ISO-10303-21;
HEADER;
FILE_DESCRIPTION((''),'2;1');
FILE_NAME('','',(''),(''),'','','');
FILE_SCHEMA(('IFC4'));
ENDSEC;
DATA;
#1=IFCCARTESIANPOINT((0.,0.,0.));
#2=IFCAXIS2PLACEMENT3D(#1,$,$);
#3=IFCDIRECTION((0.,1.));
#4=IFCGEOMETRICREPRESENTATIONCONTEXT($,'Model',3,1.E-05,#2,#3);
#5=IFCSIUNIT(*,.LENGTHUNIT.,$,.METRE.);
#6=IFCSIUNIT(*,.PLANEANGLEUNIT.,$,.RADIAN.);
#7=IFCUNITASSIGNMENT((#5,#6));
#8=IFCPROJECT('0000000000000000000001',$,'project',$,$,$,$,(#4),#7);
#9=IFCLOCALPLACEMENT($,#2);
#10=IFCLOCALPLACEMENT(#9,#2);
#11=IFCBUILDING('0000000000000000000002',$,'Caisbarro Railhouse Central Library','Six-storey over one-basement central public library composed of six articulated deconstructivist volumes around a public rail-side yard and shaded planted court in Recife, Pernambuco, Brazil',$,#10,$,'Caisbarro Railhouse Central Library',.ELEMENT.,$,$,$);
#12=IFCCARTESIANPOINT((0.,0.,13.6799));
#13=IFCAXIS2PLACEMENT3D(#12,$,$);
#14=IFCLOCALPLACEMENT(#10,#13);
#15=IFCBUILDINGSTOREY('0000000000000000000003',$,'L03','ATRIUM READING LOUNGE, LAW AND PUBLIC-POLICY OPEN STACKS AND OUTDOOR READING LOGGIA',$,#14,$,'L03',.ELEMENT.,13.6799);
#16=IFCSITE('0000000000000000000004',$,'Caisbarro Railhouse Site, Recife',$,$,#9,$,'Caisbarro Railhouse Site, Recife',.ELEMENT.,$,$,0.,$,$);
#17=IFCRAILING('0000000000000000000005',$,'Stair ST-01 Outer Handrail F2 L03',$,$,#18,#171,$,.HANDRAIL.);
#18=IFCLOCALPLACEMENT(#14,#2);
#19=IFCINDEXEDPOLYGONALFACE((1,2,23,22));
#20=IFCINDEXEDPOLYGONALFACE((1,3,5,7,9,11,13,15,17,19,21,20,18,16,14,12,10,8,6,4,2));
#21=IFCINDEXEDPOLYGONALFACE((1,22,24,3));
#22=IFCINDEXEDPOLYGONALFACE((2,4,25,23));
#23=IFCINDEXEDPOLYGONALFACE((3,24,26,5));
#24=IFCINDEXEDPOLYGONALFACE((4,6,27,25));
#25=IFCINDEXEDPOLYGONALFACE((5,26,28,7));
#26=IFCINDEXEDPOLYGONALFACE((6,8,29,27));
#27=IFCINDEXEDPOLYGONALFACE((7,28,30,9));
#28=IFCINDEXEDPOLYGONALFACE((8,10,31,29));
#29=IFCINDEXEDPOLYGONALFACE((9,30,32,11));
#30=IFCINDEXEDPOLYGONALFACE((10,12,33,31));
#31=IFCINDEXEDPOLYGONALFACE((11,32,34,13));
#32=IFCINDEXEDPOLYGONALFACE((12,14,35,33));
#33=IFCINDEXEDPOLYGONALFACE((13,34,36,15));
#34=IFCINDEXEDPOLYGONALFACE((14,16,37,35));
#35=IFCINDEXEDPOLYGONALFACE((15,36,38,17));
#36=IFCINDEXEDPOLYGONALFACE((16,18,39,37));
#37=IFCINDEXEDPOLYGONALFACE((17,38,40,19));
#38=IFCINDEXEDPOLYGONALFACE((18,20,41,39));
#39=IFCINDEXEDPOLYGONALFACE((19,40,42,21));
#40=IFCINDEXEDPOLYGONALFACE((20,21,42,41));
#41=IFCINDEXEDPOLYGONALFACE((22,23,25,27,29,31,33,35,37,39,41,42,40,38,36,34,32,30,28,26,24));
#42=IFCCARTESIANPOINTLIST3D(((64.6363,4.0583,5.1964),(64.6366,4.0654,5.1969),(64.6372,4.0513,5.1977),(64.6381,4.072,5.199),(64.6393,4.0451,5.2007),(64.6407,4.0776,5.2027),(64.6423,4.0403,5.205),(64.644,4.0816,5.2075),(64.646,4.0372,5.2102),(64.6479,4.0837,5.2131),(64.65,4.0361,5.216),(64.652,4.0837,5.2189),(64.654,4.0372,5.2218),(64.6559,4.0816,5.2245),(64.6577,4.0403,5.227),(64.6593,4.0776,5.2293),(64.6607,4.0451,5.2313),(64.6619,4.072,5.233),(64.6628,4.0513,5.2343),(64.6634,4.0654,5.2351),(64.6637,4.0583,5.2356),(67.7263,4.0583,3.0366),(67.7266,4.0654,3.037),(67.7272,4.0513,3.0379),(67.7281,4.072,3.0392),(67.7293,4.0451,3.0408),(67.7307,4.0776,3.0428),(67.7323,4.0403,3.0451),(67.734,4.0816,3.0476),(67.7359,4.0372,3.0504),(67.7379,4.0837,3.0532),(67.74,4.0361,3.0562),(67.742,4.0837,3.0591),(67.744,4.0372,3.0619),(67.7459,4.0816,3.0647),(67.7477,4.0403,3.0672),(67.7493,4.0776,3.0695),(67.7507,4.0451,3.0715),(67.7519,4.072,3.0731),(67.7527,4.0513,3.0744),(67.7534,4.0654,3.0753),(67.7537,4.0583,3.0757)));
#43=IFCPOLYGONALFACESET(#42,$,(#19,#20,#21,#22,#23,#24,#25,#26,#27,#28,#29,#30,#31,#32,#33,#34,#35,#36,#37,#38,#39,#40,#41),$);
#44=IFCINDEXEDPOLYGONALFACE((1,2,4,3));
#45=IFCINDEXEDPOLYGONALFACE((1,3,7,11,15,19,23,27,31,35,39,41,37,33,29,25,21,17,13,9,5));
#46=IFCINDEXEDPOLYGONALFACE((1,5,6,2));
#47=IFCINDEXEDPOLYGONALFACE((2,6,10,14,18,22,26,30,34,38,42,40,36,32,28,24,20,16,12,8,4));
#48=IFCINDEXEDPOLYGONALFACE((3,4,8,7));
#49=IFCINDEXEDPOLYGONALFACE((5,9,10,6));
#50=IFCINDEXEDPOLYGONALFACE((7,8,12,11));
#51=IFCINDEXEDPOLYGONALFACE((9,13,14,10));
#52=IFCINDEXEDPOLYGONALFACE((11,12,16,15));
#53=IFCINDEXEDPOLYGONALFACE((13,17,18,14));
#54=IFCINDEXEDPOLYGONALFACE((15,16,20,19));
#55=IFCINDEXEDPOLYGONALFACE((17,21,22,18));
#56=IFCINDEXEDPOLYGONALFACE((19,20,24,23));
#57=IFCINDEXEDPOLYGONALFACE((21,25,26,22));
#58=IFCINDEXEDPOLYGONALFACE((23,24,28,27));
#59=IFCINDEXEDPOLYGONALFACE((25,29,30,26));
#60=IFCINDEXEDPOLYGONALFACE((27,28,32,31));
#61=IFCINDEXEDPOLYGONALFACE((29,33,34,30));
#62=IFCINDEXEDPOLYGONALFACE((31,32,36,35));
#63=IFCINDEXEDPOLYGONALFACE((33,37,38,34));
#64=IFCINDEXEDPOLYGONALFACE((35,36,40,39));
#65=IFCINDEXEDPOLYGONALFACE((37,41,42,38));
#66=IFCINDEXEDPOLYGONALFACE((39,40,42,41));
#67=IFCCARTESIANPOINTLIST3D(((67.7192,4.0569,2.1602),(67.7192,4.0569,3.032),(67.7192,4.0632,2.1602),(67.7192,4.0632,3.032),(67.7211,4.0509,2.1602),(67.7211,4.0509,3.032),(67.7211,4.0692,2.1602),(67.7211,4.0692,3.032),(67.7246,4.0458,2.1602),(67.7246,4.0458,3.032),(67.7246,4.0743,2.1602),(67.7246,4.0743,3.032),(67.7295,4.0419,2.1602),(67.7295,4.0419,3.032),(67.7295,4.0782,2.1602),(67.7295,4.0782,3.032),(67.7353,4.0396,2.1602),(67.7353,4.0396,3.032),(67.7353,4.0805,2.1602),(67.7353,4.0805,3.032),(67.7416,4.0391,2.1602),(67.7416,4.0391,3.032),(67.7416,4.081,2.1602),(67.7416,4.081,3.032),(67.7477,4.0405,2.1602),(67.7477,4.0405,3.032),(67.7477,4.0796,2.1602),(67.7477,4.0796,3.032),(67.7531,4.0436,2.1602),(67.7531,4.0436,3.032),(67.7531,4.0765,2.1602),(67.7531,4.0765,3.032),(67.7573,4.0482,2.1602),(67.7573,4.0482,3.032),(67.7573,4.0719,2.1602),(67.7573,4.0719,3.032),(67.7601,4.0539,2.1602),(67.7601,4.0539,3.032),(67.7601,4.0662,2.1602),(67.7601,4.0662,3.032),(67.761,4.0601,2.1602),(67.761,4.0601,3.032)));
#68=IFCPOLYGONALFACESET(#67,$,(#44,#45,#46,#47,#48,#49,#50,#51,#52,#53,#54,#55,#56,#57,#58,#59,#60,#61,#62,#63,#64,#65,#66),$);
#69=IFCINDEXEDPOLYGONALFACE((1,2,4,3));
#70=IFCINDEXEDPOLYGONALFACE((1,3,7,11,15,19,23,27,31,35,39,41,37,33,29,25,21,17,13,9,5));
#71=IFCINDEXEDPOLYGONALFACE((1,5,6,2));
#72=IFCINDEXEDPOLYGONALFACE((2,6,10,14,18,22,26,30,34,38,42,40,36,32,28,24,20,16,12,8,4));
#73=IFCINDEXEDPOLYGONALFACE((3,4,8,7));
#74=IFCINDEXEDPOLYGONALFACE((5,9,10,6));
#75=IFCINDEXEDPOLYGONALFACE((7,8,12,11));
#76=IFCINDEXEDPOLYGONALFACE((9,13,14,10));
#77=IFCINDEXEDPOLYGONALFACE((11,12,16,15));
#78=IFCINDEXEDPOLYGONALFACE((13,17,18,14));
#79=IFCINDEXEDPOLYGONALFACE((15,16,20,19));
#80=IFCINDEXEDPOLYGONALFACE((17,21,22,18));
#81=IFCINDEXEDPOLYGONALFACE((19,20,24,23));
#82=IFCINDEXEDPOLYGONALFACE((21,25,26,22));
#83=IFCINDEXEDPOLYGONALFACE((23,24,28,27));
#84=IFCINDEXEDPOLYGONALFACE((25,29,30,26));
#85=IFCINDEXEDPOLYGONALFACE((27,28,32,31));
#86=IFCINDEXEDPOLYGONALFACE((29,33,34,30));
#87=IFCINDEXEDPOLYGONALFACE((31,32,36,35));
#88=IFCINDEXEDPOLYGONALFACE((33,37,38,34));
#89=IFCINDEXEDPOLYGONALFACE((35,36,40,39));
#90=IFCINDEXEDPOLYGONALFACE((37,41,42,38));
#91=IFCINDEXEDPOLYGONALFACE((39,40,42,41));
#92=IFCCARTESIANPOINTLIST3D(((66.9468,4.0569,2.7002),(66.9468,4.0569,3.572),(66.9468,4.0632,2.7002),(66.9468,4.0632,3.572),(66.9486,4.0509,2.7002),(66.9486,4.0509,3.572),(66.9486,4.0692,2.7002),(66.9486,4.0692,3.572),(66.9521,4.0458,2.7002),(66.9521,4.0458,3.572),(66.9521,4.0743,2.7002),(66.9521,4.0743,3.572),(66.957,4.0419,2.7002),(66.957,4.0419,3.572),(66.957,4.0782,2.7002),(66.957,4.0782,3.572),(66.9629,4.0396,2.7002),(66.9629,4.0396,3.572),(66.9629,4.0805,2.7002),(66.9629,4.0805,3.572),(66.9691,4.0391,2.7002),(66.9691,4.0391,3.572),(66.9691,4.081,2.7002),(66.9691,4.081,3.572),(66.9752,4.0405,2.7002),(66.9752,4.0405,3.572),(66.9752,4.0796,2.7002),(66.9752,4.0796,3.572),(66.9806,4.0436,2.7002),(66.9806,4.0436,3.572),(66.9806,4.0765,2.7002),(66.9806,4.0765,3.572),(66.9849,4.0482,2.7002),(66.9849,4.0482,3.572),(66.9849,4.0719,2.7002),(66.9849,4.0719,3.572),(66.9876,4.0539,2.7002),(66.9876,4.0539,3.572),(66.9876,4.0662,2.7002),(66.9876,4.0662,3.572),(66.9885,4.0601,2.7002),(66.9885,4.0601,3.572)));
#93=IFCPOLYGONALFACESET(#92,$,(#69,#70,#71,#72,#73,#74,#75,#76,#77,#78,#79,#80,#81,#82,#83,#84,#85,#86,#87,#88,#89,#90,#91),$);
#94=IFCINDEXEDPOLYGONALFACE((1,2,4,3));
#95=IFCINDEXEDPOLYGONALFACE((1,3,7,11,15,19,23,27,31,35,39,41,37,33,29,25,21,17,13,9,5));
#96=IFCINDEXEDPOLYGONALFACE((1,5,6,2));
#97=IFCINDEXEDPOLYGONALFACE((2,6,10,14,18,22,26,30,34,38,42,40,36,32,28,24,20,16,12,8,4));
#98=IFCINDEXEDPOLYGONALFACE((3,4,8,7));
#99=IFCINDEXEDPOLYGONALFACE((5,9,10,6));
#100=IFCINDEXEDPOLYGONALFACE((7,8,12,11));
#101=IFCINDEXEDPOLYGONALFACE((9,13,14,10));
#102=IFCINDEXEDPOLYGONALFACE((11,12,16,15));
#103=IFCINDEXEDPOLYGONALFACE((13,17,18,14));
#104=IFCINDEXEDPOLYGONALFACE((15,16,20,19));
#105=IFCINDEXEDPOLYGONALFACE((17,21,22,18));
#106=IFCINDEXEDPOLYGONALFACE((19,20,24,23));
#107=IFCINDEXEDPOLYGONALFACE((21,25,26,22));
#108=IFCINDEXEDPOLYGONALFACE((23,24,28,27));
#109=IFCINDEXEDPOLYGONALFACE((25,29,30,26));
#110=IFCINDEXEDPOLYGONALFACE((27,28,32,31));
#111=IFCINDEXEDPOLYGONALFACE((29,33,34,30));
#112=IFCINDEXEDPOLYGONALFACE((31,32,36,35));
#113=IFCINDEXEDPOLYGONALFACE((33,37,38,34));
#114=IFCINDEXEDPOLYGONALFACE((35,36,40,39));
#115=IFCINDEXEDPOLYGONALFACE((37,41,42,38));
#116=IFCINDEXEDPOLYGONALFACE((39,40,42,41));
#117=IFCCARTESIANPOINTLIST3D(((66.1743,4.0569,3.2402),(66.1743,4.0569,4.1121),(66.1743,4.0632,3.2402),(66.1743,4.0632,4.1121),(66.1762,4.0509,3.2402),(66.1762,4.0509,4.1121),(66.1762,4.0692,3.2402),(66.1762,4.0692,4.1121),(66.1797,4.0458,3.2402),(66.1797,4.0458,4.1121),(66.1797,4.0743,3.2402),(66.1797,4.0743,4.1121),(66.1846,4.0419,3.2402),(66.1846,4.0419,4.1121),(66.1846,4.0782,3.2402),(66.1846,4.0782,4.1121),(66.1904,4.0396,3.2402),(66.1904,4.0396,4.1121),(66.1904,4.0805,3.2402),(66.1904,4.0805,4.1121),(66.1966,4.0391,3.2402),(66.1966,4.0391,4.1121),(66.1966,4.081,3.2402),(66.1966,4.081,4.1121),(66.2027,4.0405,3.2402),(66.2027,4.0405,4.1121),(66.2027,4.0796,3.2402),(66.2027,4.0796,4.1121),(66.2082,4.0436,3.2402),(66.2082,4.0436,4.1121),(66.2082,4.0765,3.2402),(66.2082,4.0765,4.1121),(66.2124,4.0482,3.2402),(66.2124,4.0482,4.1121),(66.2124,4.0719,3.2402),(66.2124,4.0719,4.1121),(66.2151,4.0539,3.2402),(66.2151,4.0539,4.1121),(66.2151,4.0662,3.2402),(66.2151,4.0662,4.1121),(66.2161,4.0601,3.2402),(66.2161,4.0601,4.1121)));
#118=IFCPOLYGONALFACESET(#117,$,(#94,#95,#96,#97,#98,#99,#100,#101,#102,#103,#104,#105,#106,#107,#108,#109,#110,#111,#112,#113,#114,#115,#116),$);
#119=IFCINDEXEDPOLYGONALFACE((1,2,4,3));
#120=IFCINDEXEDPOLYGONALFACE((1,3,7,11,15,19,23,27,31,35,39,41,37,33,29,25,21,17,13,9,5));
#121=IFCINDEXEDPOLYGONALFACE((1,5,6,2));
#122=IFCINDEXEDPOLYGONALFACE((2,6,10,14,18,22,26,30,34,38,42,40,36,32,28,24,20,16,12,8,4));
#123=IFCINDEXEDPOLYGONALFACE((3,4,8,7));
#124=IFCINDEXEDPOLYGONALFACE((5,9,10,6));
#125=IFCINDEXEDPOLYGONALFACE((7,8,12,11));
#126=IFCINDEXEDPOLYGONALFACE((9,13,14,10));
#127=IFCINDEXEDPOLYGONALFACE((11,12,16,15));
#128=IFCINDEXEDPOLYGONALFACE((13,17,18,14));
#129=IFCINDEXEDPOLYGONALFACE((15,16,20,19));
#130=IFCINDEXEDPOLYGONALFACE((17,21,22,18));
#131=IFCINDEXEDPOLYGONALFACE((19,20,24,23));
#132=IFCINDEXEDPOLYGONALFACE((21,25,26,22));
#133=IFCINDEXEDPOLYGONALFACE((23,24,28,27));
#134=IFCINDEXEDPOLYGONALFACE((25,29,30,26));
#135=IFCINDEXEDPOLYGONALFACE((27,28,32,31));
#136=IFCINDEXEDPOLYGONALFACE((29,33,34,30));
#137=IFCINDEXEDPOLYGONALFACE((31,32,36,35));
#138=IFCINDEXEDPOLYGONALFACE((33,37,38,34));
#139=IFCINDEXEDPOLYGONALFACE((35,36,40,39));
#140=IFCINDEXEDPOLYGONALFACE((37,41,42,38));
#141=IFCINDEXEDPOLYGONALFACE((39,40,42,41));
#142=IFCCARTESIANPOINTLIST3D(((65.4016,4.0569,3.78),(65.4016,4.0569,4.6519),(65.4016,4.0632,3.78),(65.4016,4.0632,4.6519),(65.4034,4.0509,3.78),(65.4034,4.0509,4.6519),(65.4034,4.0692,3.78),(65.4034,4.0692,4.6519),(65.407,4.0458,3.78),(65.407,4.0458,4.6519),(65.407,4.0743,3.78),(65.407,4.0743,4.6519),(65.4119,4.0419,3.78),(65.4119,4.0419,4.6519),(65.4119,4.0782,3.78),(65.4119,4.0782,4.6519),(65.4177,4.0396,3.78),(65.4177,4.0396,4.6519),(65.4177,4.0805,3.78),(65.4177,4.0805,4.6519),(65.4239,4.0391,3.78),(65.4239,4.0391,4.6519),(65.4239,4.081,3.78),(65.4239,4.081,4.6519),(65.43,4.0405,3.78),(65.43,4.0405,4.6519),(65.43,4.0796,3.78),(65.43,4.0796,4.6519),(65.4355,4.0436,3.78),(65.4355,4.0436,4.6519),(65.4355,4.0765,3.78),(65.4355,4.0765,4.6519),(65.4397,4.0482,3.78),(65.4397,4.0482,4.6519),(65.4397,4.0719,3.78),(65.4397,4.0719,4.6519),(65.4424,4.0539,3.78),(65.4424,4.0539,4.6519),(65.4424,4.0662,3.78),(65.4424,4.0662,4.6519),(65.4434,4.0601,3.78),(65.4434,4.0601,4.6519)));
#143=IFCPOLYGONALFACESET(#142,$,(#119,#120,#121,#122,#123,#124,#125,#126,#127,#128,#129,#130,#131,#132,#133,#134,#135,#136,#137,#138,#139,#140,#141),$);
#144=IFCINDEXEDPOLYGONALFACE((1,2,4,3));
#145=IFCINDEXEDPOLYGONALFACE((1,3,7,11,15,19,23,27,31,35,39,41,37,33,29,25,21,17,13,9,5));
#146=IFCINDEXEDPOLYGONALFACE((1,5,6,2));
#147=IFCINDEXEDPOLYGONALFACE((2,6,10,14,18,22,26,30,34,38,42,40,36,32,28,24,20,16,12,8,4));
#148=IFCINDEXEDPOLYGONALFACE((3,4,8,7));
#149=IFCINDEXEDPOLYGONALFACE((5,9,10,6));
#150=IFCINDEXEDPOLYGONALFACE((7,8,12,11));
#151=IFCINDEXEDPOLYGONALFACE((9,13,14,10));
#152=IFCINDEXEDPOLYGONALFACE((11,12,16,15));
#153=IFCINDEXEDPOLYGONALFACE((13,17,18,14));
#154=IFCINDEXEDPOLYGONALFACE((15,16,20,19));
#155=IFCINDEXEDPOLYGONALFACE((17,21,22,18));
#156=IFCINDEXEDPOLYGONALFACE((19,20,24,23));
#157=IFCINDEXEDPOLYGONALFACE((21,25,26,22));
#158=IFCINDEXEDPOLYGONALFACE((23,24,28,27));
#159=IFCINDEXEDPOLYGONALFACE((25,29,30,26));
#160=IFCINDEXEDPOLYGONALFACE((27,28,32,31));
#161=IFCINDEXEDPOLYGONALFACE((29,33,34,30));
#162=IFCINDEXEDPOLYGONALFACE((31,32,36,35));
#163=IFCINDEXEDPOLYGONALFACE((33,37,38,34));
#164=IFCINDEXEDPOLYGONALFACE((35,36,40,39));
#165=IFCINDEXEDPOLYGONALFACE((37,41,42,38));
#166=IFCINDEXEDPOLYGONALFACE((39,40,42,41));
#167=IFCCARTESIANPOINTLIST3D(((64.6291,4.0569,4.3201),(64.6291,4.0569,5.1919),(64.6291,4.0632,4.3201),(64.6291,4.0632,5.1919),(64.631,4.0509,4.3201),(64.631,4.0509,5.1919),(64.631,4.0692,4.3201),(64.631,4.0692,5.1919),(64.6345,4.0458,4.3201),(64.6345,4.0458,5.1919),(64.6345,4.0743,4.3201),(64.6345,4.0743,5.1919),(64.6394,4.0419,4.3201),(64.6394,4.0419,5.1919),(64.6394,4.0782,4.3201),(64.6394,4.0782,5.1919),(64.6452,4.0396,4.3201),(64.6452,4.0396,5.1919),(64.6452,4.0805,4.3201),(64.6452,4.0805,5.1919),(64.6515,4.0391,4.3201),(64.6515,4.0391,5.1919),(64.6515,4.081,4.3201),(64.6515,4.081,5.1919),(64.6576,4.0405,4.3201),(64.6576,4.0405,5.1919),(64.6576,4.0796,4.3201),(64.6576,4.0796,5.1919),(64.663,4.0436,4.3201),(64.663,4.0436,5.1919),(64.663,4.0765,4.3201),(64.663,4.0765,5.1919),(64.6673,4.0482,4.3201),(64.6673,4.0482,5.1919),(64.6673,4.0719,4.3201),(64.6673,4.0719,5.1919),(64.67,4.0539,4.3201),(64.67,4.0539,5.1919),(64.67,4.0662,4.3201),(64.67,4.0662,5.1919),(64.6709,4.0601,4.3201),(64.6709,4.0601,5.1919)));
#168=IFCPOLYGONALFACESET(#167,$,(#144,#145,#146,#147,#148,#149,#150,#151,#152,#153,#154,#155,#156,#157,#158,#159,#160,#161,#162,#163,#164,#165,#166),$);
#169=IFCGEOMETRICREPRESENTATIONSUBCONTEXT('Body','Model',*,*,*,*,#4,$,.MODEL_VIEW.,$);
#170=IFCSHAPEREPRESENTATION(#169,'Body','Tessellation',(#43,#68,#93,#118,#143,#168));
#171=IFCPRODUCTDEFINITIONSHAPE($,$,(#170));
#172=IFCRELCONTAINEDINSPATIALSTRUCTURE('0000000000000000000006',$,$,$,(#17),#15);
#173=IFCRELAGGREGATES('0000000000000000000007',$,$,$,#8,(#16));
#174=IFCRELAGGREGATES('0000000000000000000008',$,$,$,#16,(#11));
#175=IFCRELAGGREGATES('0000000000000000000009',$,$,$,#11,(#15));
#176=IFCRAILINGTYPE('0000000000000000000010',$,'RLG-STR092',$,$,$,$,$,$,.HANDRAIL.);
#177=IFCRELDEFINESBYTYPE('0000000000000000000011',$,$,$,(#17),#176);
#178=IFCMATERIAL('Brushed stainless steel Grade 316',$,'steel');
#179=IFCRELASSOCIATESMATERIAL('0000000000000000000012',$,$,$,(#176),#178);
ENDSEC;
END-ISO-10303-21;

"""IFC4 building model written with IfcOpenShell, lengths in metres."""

from ifc_helpers import new_model, si_unit, direction, frame, origin, origin_2d, place, context, subcontext, project, spatial, circle, extrude, material, type_object, element, save


model = new_model("IFC4")

# Units and contexts
model_context = context("Model", 3, precision=1e-05, world=origin(), true_north=direction((0.0, 1.0)))
body_context = subcontext(model_context, "Body", "Model", "MODEL_VIEW")
ifc_project = project(units=[si_unit("LENGTHUNIT", "METRE"), si_unit("PLANEANGLEUNIT", "RADIAN")], contexts=[model_context])

# Site, building, storey
site_placement = place(None, origin())
site = spatial("IfcSite", under=ifc_project, at=site_placement, Name="Caisbarro Railhouse Site, Recife", LongName="Caisbarro Railhouse Site, Recife", CompositionType="ELEMENT", RefElevation=0.0)
building_placement = place(site_placement, origin())
building = spatial("IfcBuilding", under=site, at=building_placement, Name="Caisbarro Railhouse Central Library", Description="Six-storey over one-basement central public library composed of six articulated deconstructivist volumes around a public rail-side yard and shaded planted court in Recife, Pernambuco, Brazil", LongName="Caisbarro Railhouse Central Library", CompositionType="ELEMENT")
storey_placement = place(building_placement, frame((0.0, 0.0, 13.6799)))
storey = spatial("IfcBuildingStorey", under=building, at=storey_placement, Name="L03", Description="ATRIUM READING LOUNGE, LAW AND PUBLIC-POLICY OPEN STACKS AND OUTDOOR READING LOGGIA", LongName="L03", CompositionType="ELEMENT", Elevation=13.6799)

# Railing
ifc_material_1 = material(Name="Brushed stainless steel Grade 316", Category="steel")
railing_type_1 = type_object("IfcRailingType", Name="RLG-STR092", PredefinedType="HANDRAIL", material=ifc_material_1)
railing_1_placement = place(storey_placement, frame((67.74, 4.0601, 2.1602)))
element("IfcRailing", 1, at=railing_1_placement, inside=storey, type_object=railing_type_1, Name="Stair ST-01 Outer Handrail F2 L03", PredefinedType="HANDRAIL", context=body_context, shape_type="SweptSolid", body=[
    extrude(circle(Radius=0.0239, at=origin_2d()), frame((0.0, 0.0, 0.896), z_axis=(-0.819624, 0.0, 0.572902), x_axis=(0.0, -1.0, 0.0)), (0.0, 0.0, 1.0), 3.77),
    extrude(circle(Radius=0.021, at=origin_2d()), origin(), (0.0, 0.0, 1.0), 0.8718),
    extrude(circle(Radius=0.021, at=origin_2d()), frame((-0.7725, 0.0, 0.54)), (0.0, 0.0, 1.0), 0.8718),
    extrude(circle(Radius=0.021, at=origin_2d()), frame((-1.5449, 0.0, 1.0801)), (0.0, 0.0, 1.0), 0.8718),
    extrude(circle(Radius=0.021, at=origin_2d()), frame((-2.3176, 0.0, 1.6199)), (0.0, 0.0, 1.0), 0.8718),
    extrude(circle(Radius=0.021, at=origin_2d()), frame((-3.0901, 0.0, 2.1599)), (0.0, 0.0, 1.0), 0.8718),
])

save(model, "model.ifc")
